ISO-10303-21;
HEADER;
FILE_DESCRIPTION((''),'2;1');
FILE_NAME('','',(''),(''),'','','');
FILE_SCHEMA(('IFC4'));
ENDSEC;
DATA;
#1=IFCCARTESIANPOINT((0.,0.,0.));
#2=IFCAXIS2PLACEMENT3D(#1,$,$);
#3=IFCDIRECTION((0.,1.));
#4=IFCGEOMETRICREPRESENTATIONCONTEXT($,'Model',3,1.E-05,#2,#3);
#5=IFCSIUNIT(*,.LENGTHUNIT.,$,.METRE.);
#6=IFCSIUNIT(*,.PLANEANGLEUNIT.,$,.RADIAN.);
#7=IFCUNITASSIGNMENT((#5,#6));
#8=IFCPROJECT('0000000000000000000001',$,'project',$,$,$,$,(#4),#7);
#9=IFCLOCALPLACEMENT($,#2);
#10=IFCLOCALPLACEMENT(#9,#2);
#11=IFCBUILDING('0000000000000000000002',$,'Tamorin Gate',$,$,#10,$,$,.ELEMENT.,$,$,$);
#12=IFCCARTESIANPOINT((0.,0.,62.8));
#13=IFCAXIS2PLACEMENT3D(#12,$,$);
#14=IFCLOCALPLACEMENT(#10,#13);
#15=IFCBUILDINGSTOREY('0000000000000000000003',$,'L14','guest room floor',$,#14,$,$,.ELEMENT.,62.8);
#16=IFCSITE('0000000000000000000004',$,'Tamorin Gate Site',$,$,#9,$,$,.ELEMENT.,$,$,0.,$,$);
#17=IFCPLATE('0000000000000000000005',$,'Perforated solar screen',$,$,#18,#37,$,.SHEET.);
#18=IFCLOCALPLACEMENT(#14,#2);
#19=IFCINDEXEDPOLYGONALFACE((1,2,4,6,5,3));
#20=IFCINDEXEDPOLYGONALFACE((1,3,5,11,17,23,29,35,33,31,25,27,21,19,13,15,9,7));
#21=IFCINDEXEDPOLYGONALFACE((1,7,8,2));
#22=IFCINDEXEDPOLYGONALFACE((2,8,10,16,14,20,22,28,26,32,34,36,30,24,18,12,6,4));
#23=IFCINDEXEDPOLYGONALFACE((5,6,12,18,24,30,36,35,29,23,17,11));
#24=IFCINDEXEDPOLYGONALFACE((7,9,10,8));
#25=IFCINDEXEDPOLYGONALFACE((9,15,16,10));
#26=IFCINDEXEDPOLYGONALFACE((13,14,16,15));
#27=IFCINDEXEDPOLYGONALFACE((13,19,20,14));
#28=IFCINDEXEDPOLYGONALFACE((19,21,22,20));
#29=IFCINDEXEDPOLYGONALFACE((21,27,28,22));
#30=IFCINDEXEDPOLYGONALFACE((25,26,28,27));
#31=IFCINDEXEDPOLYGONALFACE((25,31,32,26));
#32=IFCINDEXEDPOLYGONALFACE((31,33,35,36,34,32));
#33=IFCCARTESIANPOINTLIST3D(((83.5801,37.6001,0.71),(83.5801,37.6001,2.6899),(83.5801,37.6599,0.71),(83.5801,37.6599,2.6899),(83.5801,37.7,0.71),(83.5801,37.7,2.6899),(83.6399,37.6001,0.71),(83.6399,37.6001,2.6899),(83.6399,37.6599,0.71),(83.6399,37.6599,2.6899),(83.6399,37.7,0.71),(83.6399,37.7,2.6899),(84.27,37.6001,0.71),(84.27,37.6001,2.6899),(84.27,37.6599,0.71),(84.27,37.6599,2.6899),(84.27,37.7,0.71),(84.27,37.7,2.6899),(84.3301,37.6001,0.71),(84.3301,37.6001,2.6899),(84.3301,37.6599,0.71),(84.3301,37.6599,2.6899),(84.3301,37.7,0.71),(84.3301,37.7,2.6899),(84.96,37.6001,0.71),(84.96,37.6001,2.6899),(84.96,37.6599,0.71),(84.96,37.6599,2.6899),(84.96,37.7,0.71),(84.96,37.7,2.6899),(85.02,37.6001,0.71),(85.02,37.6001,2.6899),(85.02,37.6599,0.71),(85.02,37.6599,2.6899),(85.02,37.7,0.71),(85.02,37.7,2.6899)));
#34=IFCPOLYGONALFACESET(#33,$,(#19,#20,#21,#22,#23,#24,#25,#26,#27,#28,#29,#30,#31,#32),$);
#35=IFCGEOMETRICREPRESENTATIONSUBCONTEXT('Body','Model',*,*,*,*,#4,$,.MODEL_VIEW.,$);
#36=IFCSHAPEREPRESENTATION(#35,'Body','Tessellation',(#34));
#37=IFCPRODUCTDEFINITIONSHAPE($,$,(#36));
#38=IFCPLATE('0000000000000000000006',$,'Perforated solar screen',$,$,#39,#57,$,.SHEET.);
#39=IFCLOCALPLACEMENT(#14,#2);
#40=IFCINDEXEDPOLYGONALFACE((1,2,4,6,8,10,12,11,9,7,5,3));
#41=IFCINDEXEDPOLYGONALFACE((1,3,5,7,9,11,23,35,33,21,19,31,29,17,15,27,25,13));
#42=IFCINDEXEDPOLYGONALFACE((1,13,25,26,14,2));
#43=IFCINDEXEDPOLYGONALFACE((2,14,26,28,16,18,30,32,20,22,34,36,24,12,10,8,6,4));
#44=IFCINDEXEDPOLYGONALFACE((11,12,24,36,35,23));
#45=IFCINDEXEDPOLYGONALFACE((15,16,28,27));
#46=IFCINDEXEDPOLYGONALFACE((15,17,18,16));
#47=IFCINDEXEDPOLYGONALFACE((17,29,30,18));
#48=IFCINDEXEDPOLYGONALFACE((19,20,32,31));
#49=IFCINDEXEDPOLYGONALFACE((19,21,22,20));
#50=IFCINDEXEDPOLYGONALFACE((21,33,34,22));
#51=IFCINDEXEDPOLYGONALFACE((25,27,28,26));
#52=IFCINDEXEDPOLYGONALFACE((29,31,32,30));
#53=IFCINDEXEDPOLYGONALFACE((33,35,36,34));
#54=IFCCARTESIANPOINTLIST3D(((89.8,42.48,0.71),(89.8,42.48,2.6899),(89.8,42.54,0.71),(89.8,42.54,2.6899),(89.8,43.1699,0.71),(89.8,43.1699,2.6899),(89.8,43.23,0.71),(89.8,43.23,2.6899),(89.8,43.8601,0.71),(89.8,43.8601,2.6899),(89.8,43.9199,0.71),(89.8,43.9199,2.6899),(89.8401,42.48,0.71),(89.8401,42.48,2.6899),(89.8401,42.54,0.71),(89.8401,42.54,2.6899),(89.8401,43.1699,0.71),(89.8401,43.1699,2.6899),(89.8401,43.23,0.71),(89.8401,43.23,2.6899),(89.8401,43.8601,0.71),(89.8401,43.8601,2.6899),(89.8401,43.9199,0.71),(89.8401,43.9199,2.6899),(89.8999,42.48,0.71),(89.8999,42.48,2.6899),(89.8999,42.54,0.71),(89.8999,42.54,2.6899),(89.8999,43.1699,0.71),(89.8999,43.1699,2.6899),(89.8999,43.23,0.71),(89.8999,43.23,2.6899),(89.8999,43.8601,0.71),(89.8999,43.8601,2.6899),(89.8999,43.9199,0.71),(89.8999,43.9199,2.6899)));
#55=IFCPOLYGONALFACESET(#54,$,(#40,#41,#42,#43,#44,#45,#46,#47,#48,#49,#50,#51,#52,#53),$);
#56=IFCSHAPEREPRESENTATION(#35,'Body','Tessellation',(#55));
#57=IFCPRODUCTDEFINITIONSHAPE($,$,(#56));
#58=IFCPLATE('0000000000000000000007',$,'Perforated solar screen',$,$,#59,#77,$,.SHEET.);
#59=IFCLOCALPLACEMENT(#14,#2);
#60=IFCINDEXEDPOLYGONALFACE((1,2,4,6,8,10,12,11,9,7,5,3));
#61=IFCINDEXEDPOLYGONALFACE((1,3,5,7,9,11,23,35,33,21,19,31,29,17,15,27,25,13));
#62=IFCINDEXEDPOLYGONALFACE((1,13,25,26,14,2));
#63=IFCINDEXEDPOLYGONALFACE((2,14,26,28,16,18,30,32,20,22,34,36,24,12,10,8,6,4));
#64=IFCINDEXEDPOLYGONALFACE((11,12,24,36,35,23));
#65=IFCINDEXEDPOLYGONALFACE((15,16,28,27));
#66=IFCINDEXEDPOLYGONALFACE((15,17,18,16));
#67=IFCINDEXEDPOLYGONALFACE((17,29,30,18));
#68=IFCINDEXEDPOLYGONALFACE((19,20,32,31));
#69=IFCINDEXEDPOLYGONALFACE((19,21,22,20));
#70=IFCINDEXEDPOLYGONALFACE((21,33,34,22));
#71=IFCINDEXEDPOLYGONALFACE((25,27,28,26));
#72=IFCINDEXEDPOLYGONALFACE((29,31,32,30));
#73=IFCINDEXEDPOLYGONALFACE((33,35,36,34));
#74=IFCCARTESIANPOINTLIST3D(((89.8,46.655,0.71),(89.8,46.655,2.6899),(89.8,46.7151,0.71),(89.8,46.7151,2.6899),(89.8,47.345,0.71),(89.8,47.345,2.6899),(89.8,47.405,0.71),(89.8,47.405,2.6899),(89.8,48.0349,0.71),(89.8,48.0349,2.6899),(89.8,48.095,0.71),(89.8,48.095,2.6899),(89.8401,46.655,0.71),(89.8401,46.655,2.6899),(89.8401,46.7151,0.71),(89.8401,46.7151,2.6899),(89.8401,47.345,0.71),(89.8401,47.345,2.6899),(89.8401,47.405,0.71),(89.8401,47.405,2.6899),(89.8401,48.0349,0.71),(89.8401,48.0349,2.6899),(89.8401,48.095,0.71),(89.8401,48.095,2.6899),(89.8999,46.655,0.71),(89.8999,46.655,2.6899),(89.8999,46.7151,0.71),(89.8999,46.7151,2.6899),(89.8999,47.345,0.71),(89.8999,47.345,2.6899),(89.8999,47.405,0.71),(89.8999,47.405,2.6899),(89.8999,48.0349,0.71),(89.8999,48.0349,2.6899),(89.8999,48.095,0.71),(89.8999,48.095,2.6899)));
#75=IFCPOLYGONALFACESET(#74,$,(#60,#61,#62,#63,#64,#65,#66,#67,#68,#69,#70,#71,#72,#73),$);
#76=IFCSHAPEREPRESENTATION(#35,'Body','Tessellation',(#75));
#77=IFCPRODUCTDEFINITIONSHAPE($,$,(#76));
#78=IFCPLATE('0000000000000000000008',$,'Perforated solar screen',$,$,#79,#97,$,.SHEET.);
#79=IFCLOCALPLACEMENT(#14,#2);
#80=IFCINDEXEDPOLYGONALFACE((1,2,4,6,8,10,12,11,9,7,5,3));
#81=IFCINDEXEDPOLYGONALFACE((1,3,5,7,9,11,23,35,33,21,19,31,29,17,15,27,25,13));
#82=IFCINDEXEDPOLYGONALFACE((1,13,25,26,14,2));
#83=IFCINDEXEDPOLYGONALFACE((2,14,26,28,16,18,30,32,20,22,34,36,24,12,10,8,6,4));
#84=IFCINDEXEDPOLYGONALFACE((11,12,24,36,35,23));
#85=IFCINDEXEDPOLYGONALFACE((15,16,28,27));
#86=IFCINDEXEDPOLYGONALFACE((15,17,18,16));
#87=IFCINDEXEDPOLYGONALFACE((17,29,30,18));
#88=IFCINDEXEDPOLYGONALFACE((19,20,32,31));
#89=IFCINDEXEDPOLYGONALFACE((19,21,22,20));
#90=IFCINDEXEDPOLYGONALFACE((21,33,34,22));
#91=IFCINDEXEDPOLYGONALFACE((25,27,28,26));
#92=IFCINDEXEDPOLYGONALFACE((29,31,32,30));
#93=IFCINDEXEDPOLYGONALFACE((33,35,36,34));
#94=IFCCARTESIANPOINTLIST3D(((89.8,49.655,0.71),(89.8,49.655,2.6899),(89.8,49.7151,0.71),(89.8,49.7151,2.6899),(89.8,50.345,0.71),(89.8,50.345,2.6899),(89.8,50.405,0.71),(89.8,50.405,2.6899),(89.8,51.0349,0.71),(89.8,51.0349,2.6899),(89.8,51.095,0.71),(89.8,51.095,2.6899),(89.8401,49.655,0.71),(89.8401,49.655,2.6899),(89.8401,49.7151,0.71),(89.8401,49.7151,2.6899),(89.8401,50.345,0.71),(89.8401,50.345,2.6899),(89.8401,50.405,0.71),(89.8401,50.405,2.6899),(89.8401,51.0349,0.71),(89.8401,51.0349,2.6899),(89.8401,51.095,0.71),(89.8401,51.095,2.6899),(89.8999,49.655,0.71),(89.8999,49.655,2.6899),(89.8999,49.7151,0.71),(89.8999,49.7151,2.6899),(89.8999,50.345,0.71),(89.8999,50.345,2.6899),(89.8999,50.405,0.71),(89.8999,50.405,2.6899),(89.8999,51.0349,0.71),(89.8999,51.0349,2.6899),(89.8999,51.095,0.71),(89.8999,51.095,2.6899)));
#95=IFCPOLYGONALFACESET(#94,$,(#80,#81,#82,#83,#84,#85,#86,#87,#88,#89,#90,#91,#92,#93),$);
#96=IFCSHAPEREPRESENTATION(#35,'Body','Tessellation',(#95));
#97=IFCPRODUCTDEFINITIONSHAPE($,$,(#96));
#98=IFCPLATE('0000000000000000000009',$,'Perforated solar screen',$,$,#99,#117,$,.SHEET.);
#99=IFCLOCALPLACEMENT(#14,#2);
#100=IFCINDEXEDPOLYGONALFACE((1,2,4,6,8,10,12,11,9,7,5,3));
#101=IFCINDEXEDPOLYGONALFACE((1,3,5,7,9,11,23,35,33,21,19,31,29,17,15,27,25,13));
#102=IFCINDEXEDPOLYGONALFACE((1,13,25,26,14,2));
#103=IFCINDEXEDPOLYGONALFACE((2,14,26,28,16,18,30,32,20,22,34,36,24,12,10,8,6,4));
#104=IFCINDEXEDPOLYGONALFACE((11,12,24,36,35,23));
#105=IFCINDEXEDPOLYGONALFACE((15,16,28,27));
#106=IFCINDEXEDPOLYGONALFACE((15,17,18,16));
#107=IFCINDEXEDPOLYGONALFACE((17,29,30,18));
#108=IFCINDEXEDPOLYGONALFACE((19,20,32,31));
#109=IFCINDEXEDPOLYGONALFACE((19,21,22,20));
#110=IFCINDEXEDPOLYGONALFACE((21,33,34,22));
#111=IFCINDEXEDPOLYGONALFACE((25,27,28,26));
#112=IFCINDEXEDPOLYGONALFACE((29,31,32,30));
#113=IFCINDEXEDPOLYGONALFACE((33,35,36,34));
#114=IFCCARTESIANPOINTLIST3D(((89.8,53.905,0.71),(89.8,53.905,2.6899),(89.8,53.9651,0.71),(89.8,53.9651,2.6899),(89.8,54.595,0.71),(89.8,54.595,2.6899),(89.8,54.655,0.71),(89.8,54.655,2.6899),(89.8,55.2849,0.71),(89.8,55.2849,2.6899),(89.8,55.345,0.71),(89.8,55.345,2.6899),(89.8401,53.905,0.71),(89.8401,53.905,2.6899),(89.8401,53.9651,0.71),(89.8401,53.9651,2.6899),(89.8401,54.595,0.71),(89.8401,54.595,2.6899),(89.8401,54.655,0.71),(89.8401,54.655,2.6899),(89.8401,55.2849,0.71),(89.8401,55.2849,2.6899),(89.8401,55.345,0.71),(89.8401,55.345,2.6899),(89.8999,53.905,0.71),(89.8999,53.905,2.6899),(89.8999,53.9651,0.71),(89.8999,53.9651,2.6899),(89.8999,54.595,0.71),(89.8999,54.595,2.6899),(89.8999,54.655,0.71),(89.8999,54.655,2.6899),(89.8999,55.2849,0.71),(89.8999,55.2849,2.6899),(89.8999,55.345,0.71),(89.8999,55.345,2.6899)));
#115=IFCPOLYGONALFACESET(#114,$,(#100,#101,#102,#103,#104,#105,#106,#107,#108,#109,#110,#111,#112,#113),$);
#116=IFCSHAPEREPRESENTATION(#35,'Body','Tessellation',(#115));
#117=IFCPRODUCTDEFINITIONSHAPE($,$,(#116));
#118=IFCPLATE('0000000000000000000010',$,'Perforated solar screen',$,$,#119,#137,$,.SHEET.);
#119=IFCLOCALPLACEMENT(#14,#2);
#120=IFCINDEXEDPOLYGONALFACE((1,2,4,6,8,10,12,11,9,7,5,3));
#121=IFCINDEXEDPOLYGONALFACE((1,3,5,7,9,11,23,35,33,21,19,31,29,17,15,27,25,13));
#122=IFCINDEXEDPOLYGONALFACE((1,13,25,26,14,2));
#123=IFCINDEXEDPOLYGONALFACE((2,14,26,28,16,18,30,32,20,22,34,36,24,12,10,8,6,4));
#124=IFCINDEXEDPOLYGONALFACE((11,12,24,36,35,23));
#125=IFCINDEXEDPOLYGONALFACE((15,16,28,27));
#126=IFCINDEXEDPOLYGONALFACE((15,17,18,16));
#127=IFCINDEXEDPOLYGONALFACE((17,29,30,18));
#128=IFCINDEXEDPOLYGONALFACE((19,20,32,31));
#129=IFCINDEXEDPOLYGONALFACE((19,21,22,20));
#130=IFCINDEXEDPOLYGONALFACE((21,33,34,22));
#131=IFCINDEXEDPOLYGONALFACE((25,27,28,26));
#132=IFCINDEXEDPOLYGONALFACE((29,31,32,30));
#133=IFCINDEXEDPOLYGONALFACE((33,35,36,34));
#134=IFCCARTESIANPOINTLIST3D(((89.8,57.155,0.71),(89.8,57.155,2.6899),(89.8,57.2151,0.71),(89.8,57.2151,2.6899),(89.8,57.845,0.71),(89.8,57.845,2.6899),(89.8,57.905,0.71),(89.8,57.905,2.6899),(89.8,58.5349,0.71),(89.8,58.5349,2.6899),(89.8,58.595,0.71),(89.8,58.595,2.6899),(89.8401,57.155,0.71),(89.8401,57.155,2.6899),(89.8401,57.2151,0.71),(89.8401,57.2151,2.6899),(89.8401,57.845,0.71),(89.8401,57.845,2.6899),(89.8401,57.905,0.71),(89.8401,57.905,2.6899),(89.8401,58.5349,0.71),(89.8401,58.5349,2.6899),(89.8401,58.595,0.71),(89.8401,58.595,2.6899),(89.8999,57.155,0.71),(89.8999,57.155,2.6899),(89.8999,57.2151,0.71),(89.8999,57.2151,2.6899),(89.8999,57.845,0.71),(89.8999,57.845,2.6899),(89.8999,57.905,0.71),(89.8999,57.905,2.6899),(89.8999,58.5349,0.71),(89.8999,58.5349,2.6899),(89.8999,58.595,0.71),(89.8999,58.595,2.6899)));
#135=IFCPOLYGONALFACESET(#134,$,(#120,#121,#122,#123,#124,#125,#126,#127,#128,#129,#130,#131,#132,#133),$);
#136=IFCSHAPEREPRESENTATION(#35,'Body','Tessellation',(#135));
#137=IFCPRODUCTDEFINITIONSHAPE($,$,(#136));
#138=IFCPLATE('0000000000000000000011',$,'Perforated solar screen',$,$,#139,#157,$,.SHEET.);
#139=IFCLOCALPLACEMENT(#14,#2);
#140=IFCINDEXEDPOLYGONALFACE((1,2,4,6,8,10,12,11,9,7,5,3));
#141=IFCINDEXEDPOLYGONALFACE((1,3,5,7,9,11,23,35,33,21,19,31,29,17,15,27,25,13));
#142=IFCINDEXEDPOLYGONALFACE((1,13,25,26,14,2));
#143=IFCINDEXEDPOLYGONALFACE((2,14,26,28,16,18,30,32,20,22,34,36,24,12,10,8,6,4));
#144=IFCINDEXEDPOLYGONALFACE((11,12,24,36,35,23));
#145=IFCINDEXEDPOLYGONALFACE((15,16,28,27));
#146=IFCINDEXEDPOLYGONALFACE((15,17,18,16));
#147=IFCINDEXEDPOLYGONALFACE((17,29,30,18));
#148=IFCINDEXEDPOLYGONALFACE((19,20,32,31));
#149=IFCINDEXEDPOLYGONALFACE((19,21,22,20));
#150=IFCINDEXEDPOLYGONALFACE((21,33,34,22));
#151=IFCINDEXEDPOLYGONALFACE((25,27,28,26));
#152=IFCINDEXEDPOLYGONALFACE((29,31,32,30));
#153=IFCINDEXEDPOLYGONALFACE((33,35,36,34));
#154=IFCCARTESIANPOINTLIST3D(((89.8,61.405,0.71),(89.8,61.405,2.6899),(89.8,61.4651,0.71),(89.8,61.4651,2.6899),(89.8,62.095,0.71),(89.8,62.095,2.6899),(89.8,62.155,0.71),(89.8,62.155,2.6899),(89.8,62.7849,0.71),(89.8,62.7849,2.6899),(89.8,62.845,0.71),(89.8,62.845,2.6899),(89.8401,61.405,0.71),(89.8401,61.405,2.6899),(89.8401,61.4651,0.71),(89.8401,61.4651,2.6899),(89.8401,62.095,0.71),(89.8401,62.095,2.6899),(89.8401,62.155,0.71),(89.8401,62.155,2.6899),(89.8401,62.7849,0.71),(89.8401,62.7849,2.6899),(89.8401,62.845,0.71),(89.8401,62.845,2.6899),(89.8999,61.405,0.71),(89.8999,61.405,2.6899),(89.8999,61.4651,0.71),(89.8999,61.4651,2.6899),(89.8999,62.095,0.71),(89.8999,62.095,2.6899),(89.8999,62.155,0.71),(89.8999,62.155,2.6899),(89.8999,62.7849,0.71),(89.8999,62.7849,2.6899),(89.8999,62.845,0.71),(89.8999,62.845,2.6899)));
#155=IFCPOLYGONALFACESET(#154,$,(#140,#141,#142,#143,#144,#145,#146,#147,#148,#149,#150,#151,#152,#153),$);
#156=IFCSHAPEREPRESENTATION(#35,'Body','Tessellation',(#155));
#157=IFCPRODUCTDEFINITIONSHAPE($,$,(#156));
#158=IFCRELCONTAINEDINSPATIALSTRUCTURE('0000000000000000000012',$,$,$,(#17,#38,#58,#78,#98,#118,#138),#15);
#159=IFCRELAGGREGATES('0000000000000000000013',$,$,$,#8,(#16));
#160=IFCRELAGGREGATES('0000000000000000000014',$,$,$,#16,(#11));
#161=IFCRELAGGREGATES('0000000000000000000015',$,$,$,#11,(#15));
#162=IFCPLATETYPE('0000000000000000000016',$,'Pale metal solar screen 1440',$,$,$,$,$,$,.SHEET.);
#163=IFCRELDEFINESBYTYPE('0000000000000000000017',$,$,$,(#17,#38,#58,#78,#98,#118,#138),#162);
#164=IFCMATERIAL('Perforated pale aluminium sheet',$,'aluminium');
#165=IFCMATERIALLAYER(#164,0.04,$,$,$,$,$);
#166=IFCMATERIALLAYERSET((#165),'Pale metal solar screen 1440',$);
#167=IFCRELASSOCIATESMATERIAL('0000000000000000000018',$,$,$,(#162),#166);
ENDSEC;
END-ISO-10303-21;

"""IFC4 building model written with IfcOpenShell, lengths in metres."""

from ifc_helpers import new_model, si_unit, direction, frame, origin, place, context, subcontext, project, spatial, polyline, outline, extrude, material, layer, layer_set, type_object, element, save


model = new_model("IFC4")

# Units and contexts
model_context = context("Model", 3, precision=1e-05, world=origin(), true_north=direction((0.0, 1.0)))
body_context = subcontext(model_context, "Body", "Model", "MODEL_VIEW")
ifc_project = project(units=[si_unit("LENGTHUNIT", "METRE"), si_unit("PLANEANGLEUNIT", "RADIAN")], contexts=[model_context])

# Site, building, storey
site_placement = place(None, origin())
site = spatial("IfcSite", under=ifc_project, at=site_placement, Name="Tamorin Gate Site", CompositionType="ELEMENT", RefElevation=0.0)
building_placement = place(site_placement, origin())
building = spatial("IfcBuilding", under=site, at=building_placement, Name="Tamorin Gate", CompositionType="ELEMENT")
storey_placement = place(building_placement, frame((0.0, 0.0, 62.8)))
storey = spatial("IfcBuildingStorey", under=building, at=storey_placement, Name="L14", Description="guest room floor", CompositionType="ELEMENT", Elevation=62.8)

# Plates
ifc_material_1 = material(Name="Perforated pale aluminium sheet", Category="aluminium")
ifc_layer_1 = layer(ifc_material_1, 0.04)
ifc_layer_set_1 = layer_set([ifc_layer_1], Name="Pale metal solar screen 1440")
plate_type = type_object("IfcPlateType", Name="Pale metal solar screen 1440", PredefinedType="SHEET", material=ifc_layer_set_1)
plate_1_placement = place(storey_placement, frame((0.0, 0.0, 0.71)))
element("IfcPlate", 1, at=plate_1_placement, inside=storey, type_object=plate_type, Name="Perforated solar screen", PredefinedType="SHEET", context=body_context, shape_type="SweptSolid", body=[
    extrude(outline(polyline([(83.5801, 37.6599), (83.5801, 37.7), (83.6399, 37.7), (84.27, 37.7), (84.3301, 37.7), (84.96, 37.7), (85.02, 37.7), (85.02, 37.6599), (85.02, 37.6001), (84.96, 37.6001), (84.96, 37.6599), (84.3301, 37.6599), (84.3301, 37.6001), (84.27, 37.6001), (84.27, 37.6599), (83.6399, 37.6599), (83.6399, 37.6001), (83.5801, 37.6001), (83.5801, 37.6599)])), origin(), (0.0, 0.0, 1.0), 1.98),
])
plate_2_placement = place(storey_placement, frame((0.0, 0.0, 0.71)))
element("IfcPlate", 2, at=plate_2_placement, inside=storey, type_object=plate_type, Name="Perforated solar screen", PredefinedType="SHEET", context=body_context, shape_type="SweptSolid", body=[
    extrude(outline(polyline([(89.8401, 42.48), (89.8, 42.48), (89.8, 42.54), (89.8, 43.1699), (89.8, 43.23), (89.8, 43.8601), (89.8, 43.9199), (89.8401, 43.9199), (89.8999, 43.9199), (89.8999, 43.8601), (89.8401, 43.8601), (89.8401, 43.23), (89.8999, 43.23), (89.8999, 43.1699), (89.8401, 43.1699), (89.8401, 42.54), (89.8999, 42.54), (89.8999, 42.48), (89.8401, 42.48)])), origin(), (0.0, 0.0, 1.0), 1.98),
])
plate_3_placement = place(storey_placement, frame((0.0, 0.0, 0.71)))
element("IfcPlate", 3, at=plate_3_placement, inside=storey, type_object=plate_type, Name="Perforated solar screen", PredefinedType="SHEET", context=body_context, shape_type="SweptSolid", body=[
    extrude(outline(polyline([(89.8401, 46.655), (89.8, 46.655), (89.8, 46.7151), (89.8, 47.345), (89.8, 47.405), (89.8, 48.0349), (89.8, 48.095), (89.8, 48.095), (89.8401, 48.095), (89.8401, 48.095), (89.8999, 48.095), (89.8999, 48.0349), (89.8401, 48.0349), (89.8401, 47.405), (89.8999, 47.405), (89.8999, 47.345), (89.8401, 47.345), (89.8401, 46.7151), (89.8999, 46.7151), (89.8999, 46.655), (89.8401, 46.655)])), origin(), (0.0, 0.0, 1.0), 1.98),
])
plate_4_placement = place(storey_placement, frame((0.0, 0.0, 0.71)))
element("IfcPlate", 4, at=plate_4_placement, inside=storey, type_object=plate_type, Name="Perforated solar screen", PredefinedType="SHEET", context=body_context, shape_type="SweptSolid", body=[
    extrude(outline(polyline([(89.8401, 49.655), (89.8, 49.655), (89.8, 49.7151), (89.8, 50.345), (89.8, 50.405), (89.8, 51.0349), (89.8, 51.095), (89.8401, 51.095), (89.8999, 51.095), (89.8999, 51.0349), (89.8401, 51.0349), (89.8401, 50.405), (89.8999, 50.405), (89.8999, 50.345), (89.8401, 50.345), (89.8401, 49.7151), (89.8999, 49.7151), (89.8999, 49.655), (89.8401, 49.655)])), origin(), (0.0, 0.0, 1.0), 1.98),
])
plate_5_placement = place(storey_placement, frame((0.0, 0.0, 0.71)))
element("IfcPlate", 5, at=plate_5_placement, inside=storey, type_object=plate_type, Name="Perforated solar screen", PredefinedType="SHEET", context=body_context, shape_type="SweptSolid", body=[
    extrude(outline(polyline([(89.8401, 53.905), (89.8, 53.905), (89.8, 53.9651), (89.8, 54.595), (89.8, 54.655), (89.8, 55.2849), (89.8, 55.345), (89.8401, 55.345), (89.8999, 55.345), (89.8999, 55.2849), (89.8401, 55.2849), (89.8401, 54.655), (89.8999, 54.655), (89.8999, 54.595), (89.8401, 54.595), (89.8401, 53.9651), (89.8999, 53.9651), (89.8999, 53.905), (89.8401, 53.905)])), origin(), (0.0, 0.0, 1.0), 1.98),
])
plate_6_placement = place(storey_placement, frame((0.0, 0.0, 0.71)))
element("IfcPlate", 6, at=plate_6_placement, inside=storey, type_object=plate_type, Name="Perforated solar screen", PredefinedType="SHEET", context=body_context, shape_type="SweptSolid", body=[
    extrude(outline(polyline([(89.8401, 57.155), (89.8, 57.155), (89.8, 57.2151), (89.8, 57.845), (89.8, 57.905), (89.8, 58.5349), (89.8, 58.595), (89.8401, 58.595), (89.8999, 58.595), (89.8999, 58.5349), (89.8401, 58.5349), (89.8401, 57.905), (89.8999, 57.905), (89.8999, 57.845), (89.8401, 57.845), (89.8401, 57.2151), (89.8999, 57.2151), (89.8999, 57.155), (89.8401, 57.155)])), origin(), (0.0, 0.0, 1.0), 1.98),
])
plate_7_placement = place(storey_placement, frame((0.0, 0.0, 0.71)))
element("IfcPlate", 7, at=plate_7_placement, inside=storey, type_object=plate_type, Name="Perforated solar screen", PredefinedType="SHEET", context=body_context, shape_type="SweptSolid", body=[
    extrude(outline(polyline([(89.8401, 61.405), (89.8, 61.405), (89.8, 61.4651), (89.8, 62.095), (89.8, 62.155), (89.8, 62.7849), (89.8, 62.845), (89.8401, 62.845), (89.8999, 62.845), (89.8999, 62.7849), (89.8401, 62.7849), (89.8401, 62.155), (89.8999, 62.155), (89.8999, 62.095), (89.8401, 62.095), (89.8401, 61.4651), (89.8999, 61.4651), (89.8999, 61.405), (89.8401, 61.405)])), origin(), (0.0, 0.0, 1.0), 1.98),
])

save(model, "model.ifc")
